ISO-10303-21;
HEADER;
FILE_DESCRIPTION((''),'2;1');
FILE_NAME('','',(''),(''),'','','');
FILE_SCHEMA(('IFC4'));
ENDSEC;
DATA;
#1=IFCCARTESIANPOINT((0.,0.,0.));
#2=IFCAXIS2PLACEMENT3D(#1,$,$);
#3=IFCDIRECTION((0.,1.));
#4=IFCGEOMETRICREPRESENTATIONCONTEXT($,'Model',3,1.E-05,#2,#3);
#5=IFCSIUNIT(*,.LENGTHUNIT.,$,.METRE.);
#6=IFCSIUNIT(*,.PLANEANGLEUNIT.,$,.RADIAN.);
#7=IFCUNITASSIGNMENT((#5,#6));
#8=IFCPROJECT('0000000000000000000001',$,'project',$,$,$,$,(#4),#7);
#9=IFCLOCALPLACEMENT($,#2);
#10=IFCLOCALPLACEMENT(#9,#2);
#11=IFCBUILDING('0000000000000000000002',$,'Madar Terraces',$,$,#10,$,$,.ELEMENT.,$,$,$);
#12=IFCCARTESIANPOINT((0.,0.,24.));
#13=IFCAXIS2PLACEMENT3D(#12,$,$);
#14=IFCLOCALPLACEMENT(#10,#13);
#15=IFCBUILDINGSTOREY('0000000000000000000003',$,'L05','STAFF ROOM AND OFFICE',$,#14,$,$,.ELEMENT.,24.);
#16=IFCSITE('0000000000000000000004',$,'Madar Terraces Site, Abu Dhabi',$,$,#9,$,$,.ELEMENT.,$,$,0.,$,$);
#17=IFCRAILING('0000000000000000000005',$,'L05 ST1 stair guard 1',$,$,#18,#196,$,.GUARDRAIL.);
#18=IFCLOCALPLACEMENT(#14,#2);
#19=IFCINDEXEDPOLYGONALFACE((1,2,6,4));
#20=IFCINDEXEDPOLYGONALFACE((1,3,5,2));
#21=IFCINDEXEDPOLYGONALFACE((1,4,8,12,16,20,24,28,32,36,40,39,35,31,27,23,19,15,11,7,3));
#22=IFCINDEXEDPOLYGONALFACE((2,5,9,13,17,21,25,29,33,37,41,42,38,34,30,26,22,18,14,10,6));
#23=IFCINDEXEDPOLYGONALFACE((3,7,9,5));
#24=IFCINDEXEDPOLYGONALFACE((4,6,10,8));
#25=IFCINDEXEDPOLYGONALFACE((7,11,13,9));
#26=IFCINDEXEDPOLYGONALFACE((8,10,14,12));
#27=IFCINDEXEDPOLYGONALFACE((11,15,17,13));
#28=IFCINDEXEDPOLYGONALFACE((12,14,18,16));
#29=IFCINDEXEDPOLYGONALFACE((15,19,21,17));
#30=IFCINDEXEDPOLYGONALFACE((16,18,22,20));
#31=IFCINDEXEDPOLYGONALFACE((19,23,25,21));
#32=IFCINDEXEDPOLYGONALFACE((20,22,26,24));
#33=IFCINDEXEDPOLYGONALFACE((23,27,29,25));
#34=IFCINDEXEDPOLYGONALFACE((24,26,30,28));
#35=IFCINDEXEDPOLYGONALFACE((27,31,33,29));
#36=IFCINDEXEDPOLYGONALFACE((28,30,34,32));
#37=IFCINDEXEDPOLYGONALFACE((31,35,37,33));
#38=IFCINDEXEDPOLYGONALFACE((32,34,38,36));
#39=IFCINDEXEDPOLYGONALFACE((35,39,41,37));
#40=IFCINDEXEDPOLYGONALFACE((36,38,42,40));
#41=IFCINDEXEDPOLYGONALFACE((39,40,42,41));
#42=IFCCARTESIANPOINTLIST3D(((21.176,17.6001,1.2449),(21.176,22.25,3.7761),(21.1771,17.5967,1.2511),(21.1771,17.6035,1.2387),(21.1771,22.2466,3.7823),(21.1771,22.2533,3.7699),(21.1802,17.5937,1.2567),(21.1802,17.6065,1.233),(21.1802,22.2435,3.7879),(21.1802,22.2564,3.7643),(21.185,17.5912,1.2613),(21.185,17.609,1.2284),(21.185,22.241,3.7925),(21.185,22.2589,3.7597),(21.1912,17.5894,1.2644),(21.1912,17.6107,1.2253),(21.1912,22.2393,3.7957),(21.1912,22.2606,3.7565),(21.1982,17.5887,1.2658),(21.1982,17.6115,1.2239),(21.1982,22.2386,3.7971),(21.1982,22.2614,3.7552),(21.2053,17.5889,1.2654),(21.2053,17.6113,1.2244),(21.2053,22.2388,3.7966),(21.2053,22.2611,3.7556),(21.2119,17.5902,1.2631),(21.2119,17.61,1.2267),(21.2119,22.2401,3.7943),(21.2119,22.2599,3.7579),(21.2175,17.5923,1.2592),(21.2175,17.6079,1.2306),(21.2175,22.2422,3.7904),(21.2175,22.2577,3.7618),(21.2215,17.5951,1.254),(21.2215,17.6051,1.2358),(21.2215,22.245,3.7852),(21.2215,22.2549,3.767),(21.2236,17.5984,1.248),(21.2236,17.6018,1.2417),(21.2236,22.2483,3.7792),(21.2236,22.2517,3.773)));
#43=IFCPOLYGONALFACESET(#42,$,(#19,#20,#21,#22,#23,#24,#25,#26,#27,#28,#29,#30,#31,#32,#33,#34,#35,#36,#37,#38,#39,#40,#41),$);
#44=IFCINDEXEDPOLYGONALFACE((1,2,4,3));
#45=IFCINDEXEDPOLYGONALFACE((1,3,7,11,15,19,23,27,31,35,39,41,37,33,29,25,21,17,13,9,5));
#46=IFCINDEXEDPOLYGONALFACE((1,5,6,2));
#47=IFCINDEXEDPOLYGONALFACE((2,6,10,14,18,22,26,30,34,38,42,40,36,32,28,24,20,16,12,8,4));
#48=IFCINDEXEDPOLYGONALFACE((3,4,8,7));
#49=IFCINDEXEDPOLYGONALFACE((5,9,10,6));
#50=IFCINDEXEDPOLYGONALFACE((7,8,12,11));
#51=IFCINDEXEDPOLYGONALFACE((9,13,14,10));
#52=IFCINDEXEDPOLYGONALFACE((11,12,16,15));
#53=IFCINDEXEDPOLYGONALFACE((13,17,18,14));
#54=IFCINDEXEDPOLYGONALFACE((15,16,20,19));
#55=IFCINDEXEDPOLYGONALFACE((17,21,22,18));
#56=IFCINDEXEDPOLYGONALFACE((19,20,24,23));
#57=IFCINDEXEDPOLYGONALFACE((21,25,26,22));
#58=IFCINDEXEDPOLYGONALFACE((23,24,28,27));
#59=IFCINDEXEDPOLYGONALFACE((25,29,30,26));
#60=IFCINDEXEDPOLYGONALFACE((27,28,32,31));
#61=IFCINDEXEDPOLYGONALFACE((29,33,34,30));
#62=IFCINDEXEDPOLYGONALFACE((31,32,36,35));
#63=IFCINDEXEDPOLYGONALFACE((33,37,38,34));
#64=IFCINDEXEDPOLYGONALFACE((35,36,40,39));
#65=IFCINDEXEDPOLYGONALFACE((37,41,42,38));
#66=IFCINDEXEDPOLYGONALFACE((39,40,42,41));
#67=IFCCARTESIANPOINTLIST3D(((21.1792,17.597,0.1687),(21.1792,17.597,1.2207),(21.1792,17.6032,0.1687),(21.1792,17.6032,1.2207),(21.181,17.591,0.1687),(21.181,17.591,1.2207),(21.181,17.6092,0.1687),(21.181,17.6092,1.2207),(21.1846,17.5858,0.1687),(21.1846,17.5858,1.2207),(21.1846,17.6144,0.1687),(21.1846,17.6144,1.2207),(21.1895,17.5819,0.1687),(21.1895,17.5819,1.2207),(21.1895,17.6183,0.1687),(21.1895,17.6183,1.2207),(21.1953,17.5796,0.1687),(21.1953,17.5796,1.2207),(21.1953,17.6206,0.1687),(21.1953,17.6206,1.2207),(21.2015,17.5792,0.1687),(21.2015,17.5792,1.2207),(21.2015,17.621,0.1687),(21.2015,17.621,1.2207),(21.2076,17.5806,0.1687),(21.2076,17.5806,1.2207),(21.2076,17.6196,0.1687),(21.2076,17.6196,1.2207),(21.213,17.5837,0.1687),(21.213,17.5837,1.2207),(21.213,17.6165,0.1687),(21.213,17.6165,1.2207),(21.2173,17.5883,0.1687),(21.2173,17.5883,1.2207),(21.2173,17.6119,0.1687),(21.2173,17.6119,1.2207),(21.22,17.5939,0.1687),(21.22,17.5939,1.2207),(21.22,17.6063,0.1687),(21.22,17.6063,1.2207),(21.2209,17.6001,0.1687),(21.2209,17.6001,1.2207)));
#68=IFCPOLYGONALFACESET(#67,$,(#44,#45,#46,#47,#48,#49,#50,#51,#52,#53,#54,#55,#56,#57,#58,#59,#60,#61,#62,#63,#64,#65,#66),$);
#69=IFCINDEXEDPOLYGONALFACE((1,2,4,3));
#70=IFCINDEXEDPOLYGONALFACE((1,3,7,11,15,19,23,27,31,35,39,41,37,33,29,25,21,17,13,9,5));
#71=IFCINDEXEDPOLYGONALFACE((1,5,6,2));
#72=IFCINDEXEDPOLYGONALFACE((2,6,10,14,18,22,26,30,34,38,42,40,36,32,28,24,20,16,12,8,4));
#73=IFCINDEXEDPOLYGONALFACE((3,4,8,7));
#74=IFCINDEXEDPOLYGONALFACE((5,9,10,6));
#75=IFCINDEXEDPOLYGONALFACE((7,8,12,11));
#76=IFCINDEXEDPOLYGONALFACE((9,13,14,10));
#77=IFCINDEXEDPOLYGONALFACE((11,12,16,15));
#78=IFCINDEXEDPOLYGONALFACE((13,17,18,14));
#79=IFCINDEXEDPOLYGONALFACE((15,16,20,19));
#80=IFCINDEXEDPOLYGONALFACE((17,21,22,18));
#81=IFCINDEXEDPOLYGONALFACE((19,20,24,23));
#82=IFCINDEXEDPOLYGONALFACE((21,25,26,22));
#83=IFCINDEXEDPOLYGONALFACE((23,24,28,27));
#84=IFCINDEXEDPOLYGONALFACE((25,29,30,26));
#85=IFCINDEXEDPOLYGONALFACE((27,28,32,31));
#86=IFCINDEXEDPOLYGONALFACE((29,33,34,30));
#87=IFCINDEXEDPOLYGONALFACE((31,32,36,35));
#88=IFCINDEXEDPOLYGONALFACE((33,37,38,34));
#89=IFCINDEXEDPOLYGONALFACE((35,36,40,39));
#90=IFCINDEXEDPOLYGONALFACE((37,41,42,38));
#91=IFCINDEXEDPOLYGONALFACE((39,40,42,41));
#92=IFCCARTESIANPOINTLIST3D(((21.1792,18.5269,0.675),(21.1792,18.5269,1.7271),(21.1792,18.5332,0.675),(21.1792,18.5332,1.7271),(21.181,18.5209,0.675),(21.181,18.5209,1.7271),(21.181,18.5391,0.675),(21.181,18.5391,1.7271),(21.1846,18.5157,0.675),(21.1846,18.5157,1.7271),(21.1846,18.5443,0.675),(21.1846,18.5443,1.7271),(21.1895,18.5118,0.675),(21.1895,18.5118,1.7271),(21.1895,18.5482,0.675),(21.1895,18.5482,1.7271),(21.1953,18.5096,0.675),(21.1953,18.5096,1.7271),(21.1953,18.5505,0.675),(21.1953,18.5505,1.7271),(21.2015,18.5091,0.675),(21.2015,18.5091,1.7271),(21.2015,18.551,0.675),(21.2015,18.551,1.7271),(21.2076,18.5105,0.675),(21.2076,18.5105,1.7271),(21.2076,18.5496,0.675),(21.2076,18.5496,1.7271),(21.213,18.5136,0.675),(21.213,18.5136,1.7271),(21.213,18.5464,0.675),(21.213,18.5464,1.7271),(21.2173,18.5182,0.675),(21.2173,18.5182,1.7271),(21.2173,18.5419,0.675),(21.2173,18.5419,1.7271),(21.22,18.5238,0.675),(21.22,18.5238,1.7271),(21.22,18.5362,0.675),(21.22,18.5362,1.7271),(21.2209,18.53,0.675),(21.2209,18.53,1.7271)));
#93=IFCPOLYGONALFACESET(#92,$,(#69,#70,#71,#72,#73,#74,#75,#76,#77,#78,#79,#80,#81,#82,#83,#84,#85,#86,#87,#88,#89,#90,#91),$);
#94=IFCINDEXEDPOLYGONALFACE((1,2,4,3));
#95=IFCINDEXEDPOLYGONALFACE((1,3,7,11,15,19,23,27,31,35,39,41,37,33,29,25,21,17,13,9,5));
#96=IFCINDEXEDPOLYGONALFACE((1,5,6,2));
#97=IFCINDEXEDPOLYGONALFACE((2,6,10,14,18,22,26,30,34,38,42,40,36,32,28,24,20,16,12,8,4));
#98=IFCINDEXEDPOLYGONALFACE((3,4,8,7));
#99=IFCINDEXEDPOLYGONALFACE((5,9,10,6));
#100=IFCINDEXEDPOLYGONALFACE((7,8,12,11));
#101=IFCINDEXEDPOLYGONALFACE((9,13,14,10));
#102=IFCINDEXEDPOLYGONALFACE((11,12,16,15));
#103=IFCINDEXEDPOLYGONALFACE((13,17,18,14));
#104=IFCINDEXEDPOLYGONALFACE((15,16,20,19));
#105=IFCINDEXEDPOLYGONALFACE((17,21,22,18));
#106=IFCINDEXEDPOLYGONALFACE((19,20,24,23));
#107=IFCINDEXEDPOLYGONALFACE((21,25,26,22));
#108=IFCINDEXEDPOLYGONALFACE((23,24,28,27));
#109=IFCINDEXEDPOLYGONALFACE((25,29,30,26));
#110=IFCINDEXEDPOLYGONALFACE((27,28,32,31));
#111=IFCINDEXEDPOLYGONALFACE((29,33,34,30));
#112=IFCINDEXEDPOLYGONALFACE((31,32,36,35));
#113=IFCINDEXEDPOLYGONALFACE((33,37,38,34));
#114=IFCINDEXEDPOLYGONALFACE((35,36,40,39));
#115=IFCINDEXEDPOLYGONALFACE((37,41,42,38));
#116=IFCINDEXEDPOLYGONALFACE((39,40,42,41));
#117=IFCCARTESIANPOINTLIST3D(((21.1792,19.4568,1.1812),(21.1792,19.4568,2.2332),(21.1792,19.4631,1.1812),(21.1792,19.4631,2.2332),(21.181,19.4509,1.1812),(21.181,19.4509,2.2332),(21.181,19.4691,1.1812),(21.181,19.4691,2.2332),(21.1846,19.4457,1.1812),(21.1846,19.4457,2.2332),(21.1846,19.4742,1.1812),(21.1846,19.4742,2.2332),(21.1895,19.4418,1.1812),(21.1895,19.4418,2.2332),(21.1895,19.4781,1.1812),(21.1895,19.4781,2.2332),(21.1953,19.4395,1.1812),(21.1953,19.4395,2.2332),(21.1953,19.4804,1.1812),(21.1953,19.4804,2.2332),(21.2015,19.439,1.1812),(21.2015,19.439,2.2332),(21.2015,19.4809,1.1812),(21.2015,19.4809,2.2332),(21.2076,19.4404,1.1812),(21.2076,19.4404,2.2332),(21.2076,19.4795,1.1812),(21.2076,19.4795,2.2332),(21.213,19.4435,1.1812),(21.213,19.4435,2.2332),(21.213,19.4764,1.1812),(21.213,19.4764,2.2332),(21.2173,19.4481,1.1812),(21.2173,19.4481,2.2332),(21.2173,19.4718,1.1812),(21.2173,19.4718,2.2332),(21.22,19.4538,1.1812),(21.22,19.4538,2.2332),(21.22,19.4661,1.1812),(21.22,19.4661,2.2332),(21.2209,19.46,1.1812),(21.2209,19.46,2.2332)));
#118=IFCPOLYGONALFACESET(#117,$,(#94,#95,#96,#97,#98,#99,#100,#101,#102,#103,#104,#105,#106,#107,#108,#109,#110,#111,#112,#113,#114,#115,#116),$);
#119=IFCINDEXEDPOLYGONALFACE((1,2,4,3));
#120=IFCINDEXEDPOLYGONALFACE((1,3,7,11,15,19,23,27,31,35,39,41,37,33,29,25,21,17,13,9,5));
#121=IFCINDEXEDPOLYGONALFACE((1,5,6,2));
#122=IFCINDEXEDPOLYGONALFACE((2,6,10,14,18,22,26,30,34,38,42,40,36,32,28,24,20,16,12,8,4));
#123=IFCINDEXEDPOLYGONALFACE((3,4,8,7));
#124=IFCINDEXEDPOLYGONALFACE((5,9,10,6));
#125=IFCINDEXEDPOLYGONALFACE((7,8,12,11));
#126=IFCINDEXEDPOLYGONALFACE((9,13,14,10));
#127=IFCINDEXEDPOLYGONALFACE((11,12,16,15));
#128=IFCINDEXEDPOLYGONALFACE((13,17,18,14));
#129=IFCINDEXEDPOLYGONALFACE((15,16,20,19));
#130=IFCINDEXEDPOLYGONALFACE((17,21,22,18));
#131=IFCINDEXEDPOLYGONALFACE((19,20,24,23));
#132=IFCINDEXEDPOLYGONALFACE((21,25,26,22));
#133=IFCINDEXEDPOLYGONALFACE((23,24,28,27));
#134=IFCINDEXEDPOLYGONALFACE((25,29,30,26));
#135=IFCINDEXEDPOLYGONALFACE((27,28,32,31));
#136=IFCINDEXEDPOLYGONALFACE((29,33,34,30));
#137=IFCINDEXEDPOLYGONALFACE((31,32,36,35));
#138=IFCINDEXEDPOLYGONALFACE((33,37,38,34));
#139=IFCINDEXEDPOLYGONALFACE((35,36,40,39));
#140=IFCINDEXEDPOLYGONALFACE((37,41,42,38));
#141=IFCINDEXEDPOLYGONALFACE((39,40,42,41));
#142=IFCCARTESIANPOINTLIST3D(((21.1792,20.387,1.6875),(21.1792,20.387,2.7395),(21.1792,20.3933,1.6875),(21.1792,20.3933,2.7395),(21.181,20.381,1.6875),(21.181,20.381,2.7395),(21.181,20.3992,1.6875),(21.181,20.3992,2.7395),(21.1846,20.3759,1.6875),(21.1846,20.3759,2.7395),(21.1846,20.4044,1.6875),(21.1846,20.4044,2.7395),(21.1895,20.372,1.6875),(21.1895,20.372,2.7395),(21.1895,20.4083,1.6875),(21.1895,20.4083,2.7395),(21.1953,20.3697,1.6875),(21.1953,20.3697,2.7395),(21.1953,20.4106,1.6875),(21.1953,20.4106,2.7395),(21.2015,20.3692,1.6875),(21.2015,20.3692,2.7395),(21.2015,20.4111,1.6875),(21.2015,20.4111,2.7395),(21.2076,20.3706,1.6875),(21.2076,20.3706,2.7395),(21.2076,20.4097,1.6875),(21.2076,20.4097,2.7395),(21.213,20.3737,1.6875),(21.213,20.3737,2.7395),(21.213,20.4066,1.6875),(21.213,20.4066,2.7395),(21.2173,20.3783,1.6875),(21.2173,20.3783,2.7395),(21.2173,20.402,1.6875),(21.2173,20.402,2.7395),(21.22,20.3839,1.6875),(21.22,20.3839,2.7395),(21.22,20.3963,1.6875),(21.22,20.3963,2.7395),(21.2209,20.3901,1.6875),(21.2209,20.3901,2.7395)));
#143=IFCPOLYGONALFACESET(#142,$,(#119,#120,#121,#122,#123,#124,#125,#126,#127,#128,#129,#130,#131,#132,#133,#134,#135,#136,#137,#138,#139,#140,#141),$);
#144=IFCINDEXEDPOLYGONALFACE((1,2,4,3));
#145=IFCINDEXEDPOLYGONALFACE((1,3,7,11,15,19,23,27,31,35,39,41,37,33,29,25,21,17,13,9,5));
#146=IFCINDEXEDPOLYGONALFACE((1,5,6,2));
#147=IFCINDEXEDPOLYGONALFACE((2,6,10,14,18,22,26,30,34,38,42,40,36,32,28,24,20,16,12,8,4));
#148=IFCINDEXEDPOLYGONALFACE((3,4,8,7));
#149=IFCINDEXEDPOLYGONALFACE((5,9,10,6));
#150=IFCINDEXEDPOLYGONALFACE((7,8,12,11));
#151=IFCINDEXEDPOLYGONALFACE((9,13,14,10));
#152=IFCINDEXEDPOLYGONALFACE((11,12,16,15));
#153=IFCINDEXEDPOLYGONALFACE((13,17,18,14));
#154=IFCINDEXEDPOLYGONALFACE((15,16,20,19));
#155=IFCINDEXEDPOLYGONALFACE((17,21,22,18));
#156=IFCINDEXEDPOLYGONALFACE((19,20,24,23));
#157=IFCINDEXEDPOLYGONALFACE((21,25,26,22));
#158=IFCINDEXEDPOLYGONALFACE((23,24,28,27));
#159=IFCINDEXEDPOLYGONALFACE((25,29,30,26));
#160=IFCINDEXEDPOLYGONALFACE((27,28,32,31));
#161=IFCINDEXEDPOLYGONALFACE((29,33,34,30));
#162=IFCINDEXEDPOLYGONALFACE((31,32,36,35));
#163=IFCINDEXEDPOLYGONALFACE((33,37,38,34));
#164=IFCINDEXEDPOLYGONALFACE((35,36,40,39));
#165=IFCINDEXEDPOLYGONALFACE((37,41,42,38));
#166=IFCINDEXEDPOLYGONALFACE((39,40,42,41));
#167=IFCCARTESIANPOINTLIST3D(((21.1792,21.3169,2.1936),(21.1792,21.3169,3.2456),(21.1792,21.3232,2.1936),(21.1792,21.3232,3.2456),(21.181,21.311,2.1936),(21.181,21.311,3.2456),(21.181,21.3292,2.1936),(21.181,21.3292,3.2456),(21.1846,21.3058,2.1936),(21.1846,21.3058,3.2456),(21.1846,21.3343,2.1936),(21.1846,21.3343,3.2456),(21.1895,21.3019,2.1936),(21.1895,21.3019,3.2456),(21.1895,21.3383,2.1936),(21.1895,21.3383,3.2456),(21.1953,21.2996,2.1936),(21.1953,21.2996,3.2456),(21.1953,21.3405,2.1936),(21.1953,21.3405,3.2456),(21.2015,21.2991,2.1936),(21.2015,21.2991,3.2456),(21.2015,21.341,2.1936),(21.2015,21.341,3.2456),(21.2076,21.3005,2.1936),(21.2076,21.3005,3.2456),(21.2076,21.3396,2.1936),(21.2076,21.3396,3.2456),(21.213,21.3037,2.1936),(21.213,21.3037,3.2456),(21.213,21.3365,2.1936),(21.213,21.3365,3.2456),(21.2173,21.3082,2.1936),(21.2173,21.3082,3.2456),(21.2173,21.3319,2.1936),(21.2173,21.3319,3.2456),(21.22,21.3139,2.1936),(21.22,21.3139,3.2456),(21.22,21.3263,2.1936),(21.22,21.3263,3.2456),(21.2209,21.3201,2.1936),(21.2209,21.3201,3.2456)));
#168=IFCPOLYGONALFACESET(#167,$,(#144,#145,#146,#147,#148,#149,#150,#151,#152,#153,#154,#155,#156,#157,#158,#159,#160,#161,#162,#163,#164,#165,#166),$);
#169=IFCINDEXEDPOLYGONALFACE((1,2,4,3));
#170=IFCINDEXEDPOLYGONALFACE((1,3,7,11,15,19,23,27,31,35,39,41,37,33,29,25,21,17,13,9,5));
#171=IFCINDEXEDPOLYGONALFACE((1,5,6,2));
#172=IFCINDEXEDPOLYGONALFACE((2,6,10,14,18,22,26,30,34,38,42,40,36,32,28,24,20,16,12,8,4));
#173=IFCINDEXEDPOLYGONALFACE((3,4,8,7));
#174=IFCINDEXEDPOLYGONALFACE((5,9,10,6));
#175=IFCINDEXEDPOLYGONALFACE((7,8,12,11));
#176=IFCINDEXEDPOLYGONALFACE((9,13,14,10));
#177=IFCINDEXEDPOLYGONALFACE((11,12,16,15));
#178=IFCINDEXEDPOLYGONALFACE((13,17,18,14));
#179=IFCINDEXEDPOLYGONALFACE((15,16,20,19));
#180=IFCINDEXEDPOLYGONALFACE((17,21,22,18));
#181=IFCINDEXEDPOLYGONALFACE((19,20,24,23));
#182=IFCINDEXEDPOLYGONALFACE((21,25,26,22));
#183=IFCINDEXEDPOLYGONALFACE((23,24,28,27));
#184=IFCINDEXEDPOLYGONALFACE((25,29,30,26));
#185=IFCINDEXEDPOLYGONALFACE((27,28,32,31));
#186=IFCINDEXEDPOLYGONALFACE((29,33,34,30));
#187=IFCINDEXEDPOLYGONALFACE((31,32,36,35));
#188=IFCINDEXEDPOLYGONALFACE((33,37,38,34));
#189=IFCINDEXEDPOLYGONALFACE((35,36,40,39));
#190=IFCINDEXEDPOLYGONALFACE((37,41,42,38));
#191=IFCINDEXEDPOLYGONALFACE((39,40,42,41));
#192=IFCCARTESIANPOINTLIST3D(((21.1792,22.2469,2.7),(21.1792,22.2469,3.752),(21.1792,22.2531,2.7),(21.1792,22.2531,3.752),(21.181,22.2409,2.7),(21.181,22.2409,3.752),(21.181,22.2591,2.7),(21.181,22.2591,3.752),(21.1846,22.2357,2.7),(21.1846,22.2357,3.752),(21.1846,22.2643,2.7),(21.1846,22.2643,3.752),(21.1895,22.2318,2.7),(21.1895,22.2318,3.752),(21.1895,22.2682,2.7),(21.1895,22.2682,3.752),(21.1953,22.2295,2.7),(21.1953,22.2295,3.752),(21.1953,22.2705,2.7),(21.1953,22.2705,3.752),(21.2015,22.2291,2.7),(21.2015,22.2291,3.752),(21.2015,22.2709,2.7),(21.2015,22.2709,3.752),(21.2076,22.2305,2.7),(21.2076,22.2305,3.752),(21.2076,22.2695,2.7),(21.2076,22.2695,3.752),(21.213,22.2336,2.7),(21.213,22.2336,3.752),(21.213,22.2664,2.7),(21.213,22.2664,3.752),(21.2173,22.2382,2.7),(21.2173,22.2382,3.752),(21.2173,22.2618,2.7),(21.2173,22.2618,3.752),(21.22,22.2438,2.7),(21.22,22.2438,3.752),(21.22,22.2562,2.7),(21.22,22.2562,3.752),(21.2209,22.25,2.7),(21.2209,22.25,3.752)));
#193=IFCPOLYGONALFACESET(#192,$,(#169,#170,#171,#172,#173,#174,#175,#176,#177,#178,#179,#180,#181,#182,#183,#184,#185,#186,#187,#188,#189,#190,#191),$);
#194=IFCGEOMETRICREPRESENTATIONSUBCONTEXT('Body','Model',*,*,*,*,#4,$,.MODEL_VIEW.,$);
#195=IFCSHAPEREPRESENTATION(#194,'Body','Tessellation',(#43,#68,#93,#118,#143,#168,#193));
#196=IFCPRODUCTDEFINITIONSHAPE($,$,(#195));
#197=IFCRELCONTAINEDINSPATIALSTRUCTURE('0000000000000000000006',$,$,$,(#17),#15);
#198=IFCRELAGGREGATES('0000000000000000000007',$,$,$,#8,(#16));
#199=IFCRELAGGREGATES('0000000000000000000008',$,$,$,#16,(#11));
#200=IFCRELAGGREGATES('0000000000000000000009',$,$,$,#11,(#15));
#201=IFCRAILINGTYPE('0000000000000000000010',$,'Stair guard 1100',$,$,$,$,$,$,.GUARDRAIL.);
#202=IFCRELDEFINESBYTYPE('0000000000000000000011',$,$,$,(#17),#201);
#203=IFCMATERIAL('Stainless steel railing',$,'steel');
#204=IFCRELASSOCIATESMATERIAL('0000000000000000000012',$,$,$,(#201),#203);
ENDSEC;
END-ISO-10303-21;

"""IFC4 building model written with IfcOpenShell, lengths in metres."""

from ifc_helpers import new_model, si_unit, direction, frame, origin, origin_2d, place, context, subcontext, project, spatial, circle, extrude, material, type_object, element, save


model = new_model("IFC4")

# Units and contexts
model_context = context("Model", 3, precision=1e-05, world=origin(), true_north=direction((0.0, 1.0)))
body_context = subcontext(model_context, "Body", "Model", "MODEL_VIEW")
ifc_project = project(units=[si_unit("LENGTHUNIT", "METRE"), si_unit("PLANEANGLEUNIT", "RADIAN")], contexts=[model_context])

# Site, building, storey
site_placement = place(None, origin())
site = spatial("IfcSite", under=ifc_project, at=site_placement, Name="Madar Terraces Site, Abu Dhabi", CompositionType="ELEMENT", RefElevation=0.0)
building_placement = place(site_placement, origin())
building = spatial("IfcBuilding", under=site, at=building_placement, Name="Madar Terraces", CompositionType="ELEMENT")
storey_placement = place(building_placement, frame((0.0, 0.0, 24.0)))
storey = spatial("IfcBuildingStorey", under=building, at=storey_placement, Name="L05", Description="STAFF ROOM AND OFFICE", CompositionType="ELEMENT", Elevation=24.0)

# Railing
ifc_material_1 = material(Name="Stainless steel railing", Category="steel")
railing_type_1 = type_object("IfcRailingType", Name="Stair guard 1100", PredefinedType="GUARDRAIL", material=ifc_material_1)
railing_1_placement = place(storey_placement, frame((21.2, 17.6001, 0.1687)))
element("IfcRailing", 1, at=railing_1_placement, inside=storey, type_object=railing_type_1, Name="L05 ST1 stair guard 1", PredefinedType="GUARDRAIL", context=body_context, shape_type="SweptSolid", body=[
    extrude(circle(Radius=0.0239, at=origin_2d()), frame((0.0, 0.0, 1.0762), z_axis=(0.0, 0.878297, 0.478115), x_axis=(-1.0, 0.0, 0.0)), (0.0, 0.0, 1.0), 5.2942),
    extrude(circle(Radius=0.021, at=origin_2d()), origin(), (0.0, 0.0, 1.0), 1.052),
    extrude(circle(Radius=0.021, at=origin_2d()), frame((0.0, 0.9299, 0.5063)), (0.0, 0.0, 1.0), 1.052),
    extrude(circle(Radius=0.021, at=origin_2d()), frame((0.0, 1.8599, 1.0125)), (0.0, 0.0, 1.0), 1.052),
    extrude(circle(Radius=0.021, at=origin_2d()), frame((0.0, 2.79, 1.5188)), (0.0, 0.0, 1.0), 1.052),
    extrude(circle(Radius=0.021, at=origin_2d()), frame((0.0, 3.72, 2.0249)), (0.0, 0.0, 1.0), 1.052),
    extrude(circle(Radius=0.021, at=origin_2d()), frame((0.0, 4.6499, 2.5312)), (0.0, 0.0, 1.0), 1.052),
])

save(model, "model.ifc")
